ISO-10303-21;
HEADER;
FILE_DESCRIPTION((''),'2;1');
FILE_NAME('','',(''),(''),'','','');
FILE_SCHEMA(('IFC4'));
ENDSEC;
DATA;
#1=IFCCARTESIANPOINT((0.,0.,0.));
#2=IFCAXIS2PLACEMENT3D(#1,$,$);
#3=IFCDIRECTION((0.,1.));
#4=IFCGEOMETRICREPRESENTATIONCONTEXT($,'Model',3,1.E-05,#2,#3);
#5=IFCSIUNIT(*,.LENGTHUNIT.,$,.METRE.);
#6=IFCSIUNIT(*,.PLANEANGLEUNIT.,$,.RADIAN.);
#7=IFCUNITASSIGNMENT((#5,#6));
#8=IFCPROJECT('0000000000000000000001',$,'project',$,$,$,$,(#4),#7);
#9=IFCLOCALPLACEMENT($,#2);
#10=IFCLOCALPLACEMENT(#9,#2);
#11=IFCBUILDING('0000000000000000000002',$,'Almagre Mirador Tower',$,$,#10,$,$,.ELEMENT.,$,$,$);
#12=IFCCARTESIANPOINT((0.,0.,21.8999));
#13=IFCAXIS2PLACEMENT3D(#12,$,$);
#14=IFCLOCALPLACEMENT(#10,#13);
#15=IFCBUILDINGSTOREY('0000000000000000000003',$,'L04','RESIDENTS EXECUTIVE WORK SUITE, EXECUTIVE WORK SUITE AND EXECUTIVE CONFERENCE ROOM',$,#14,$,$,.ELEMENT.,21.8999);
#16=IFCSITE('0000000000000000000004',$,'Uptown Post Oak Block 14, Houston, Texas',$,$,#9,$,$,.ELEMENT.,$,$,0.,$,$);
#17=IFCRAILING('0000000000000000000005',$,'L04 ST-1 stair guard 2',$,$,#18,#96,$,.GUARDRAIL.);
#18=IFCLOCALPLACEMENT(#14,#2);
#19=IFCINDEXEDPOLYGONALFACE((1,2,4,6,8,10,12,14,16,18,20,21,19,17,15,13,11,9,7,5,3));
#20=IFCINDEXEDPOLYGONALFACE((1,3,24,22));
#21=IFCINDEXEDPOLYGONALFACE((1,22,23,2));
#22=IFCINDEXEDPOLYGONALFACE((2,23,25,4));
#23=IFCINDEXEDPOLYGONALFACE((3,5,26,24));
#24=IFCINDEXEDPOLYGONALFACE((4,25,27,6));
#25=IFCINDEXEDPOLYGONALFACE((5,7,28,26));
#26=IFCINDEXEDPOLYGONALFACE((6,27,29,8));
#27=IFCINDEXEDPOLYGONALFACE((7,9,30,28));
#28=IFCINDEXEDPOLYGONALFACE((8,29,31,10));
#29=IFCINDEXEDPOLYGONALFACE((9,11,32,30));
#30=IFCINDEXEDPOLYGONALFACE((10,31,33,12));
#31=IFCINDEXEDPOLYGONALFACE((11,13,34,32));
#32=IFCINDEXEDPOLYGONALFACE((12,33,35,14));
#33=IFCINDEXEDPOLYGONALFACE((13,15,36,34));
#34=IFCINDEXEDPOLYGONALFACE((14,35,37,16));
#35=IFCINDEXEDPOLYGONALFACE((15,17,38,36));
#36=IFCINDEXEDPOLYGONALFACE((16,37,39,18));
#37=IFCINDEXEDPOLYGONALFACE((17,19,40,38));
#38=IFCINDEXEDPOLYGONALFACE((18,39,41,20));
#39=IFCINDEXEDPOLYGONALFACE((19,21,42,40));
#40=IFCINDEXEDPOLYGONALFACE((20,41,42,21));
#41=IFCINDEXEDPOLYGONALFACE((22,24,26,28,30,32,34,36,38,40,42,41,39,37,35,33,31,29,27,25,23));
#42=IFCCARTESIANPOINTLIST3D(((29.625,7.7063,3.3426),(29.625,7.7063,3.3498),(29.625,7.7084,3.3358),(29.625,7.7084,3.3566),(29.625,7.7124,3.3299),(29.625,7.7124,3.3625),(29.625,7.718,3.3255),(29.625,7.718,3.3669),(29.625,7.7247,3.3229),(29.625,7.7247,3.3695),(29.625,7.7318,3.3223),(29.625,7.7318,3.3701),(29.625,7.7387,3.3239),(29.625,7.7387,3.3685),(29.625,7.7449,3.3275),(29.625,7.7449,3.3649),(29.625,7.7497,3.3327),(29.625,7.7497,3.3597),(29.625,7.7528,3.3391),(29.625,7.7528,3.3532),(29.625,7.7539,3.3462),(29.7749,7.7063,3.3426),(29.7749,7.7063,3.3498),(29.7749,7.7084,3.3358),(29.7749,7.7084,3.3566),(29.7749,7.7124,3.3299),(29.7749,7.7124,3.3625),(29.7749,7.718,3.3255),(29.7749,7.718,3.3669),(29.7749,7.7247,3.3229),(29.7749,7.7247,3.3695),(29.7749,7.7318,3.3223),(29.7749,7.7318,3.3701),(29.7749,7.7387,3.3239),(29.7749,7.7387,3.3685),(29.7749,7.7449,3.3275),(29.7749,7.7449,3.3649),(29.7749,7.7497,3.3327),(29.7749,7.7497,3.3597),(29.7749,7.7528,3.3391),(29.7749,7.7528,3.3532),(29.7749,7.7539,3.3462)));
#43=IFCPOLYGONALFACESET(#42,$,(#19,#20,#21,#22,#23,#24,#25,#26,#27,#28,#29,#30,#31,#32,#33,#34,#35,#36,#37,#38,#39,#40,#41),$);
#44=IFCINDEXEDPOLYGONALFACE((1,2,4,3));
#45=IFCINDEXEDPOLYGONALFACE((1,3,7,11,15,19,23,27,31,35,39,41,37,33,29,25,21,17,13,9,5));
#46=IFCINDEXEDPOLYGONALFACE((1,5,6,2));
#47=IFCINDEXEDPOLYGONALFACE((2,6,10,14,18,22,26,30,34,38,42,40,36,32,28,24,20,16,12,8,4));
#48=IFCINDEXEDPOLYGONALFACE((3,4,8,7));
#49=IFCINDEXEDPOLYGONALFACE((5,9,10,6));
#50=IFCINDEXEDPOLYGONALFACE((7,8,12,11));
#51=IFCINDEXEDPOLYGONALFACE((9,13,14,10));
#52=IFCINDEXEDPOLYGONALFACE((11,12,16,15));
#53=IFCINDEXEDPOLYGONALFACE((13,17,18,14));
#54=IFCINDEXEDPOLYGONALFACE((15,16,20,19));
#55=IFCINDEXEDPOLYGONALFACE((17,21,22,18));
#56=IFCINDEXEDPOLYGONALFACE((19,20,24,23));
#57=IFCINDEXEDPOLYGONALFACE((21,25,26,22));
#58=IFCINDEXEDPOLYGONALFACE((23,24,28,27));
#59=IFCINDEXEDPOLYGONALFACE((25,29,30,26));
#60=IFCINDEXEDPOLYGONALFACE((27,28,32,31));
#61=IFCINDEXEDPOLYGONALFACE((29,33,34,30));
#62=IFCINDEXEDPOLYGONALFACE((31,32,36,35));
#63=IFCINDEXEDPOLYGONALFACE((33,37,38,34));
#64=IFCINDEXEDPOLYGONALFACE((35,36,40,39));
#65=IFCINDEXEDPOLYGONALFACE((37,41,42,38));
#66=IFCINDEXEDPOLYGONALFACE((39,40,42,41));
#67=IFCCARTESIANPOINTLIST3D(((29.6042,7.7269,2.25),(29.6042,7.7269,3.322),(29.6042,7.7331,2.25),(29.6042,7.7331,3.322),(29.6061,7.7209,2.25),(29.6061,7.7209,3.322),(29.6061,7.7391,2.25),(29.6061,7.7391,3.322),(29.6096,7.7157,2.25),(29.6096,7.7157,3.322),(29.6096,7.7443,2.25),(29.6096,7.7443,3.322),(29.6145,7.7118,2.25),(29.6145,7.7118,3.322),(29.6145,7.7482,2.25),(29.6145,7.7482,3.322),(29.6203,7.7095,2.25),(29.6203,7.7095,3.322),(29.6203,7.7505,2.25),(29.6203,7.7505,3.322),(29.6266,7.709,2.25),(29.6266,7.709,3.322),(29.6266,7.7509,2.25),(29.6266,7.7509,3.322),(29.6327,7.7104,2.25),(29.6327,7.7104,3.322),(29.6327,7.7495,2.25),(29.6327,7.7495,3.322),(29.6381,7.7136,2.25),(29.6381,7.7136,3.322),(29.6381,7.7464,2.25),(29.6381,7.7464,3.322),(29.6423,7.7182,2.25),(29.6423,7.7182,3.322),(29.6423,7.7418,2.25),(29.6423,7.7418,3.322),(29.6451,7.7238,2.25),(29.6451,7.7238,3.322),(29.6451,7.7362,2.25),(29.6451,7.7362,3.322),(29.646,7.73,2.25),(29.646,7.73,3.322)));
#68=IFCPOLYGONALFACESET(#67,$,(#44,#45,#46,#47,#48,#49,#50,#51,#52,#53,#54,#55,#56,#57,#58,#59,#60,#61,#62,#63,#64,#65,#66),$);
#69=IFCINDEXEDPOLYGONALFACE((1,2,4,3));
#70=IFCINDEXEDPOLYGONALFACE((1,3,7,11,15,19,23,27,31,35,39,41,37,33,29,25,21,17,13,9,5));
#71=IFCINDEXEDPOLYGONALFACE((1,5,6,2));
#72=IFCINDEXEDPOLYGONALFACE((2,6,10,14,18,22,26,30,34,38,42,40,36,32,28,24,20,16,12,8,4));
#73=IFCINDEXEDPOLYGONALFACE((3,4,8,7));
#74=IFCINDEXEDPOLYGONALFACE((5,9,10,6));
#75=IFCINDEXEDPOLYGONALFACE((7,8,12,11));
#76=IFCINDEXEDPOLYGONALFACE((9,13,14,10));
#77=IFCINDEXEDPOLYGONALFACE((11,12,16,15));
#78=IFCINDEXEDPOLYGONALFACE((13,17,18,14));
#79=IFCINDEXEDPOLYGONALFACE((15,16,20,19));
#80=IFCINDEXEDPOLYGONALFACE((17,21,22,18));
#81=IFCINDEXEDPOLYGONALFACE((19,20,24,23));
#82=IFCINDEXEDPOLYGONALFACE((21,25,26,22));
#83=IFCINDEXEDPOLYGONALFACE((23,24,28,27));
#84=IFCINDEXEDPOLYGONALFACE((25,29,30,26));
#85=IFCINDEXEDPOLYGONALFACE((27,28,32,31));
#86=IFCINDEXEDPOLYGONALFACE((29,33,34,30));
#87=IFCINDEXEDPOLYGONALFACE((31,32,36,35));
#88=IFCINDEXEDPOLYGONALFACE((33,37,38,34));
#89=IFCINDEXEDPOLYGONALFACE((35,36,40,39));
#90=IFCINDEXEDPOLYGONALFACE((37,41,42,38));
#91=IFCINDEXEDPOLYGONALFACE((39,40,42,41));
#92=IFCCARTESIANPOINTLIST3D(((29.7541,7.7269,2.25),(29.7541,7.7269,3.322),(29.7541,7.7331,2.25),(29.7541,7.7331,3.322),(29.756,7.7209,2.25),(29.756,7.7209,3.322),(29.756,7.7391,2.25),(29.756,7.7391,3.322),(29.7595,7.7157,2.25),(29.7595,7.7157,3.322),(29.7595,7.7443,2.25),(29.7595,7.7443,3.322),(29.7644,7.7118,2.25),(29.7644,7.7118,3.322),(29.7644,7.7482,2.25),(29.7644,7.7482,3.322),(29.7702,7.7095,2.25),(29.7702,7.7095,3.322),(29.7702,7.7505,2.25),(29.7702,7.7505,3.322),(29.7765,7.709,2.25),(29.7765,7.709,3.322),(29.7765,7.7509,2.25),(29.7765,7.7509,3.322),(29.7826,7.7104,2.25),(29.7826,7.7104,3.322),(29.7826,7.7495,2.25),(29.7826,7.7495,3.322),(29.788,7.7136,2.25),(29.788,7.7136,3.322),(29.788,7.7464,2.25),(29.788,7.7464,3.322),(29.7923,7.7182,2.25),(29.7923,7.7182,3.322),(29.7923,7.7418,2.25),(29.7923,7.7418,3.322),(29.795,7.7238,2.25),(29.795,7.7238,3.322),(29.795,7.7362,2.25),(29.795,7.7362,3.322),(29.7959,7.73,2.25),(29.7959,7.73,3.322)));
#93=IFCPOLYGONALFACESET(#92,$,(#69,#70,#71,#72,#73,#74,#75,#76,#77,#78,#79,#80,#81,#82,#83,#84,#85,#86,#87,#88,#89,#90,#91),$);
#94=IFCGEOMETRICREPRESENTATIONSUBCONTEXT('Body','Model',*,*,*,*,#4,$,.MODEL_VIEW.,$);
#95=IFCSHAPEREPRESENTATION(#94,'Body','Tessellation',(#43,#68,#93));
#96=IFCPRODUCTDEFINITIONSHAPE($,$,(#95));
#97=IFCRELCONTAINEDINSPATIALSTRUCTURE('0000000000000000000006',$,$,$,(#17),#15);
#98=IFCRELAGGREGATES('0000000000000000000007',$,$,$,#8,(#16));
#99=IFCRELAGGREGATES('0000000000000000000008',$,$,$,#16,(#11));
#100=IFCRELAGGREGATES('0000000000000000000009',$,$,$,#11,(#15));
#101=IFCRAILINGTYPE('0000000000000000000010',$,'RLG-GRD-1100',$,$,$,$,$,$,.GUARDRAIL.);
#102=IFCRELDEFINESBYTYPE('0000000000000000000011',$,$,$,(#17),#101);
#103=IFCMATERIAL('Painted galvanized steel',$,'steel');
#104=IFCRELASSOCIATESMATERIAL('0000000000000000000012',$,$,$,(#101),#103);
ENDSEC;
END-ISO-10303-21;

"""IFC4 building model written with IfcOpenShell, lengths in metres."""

from ifc_helpers import new_model, si_unit, direction, frame, origin, origin_2d, place, context, subcontext, project, spatial, circle, extrude, material, type_object, element, save


model = new_model("IFC4")

# Units and contexts
model_context = context("Model", 3, precision=1e-05, world=origin(), true_north=direction((0.0, 1.0)))
body_context = subcontext(model_context, "Body", "Model", "MODEL_VIEW")
ifc_project = project(units=[si_unit("LENGTHUNIT", "METRE"), si_unit("PLANEANGLEUNIT", "RADIAN")], contexts=[model_context])

# Site, building, storey
site_placement = place(None, origin())
site = spatial("IfcSite", under=ifc_project, at=site_placement, Name="Uptown Post Oak Block 14, Houston, Texas", CompositionType="ELEMENT", RefElevation=0.0)
building_placement = place(site_placement, origin())
building = spatial("IfcBuilding", under=site, at=building_placement, Name="Almagre Mirador Tower", CompositionType="ELEMENT")
storey_placement = place(building_placement, frame((0.0, 0.0, 21.8999)))
storey = spatial("IfcBuildingStorey", under=building, at=storey_placement, Name="L04", Description="RESIDENTS EXECUTIVE WORK SUITE, EXECUTIVE WORK SUITE AND EXECUTIVE CONFERENCE ROOM", CompositionType="ELEMENT", Elevation=21.8999)

# Railing
ifc_material_1 = material(Name="Painted galvanized steel", Category="steel")
railing_type = type_object("IfcRailingType", Name="RLG-GRD-1100", PredefinedType="GUARDRAIL", material=ifc_material_1)
railing_1_placement = place(storey_placement, frame((29.625, 7.73, 2.25)))
element("IfcRailing", 1, at=railing_1_placement, inside=storey, type_object=railing_type, Name="L04 ST-1 stair guard 2", PredefinedType="GUARDRAIL", context=body_context, shape_type="SweptSolid", body=[
    extrude(circle(Radius=0.0239, at=origin_2d()), frame((0.0, 0.0, 1.0962), z_axis=(1.0, 0.0, 0.0), x_axis=(0.0, 1.0, 0.0)), (0.0, 0.0, 1.0), 0.1499),
    extrude(circle(Radius=0.021, at=origin_2d()), origin(), (0.0, 0.0, 1.0), 1.072),
    extrude(circle(Radius=0.021, at=origin_2d()), frame((0.1499, 0.0, 0.0)), (0.0, 0.0, 1.0), 1.072),
])

save(model, "model.ifc")
